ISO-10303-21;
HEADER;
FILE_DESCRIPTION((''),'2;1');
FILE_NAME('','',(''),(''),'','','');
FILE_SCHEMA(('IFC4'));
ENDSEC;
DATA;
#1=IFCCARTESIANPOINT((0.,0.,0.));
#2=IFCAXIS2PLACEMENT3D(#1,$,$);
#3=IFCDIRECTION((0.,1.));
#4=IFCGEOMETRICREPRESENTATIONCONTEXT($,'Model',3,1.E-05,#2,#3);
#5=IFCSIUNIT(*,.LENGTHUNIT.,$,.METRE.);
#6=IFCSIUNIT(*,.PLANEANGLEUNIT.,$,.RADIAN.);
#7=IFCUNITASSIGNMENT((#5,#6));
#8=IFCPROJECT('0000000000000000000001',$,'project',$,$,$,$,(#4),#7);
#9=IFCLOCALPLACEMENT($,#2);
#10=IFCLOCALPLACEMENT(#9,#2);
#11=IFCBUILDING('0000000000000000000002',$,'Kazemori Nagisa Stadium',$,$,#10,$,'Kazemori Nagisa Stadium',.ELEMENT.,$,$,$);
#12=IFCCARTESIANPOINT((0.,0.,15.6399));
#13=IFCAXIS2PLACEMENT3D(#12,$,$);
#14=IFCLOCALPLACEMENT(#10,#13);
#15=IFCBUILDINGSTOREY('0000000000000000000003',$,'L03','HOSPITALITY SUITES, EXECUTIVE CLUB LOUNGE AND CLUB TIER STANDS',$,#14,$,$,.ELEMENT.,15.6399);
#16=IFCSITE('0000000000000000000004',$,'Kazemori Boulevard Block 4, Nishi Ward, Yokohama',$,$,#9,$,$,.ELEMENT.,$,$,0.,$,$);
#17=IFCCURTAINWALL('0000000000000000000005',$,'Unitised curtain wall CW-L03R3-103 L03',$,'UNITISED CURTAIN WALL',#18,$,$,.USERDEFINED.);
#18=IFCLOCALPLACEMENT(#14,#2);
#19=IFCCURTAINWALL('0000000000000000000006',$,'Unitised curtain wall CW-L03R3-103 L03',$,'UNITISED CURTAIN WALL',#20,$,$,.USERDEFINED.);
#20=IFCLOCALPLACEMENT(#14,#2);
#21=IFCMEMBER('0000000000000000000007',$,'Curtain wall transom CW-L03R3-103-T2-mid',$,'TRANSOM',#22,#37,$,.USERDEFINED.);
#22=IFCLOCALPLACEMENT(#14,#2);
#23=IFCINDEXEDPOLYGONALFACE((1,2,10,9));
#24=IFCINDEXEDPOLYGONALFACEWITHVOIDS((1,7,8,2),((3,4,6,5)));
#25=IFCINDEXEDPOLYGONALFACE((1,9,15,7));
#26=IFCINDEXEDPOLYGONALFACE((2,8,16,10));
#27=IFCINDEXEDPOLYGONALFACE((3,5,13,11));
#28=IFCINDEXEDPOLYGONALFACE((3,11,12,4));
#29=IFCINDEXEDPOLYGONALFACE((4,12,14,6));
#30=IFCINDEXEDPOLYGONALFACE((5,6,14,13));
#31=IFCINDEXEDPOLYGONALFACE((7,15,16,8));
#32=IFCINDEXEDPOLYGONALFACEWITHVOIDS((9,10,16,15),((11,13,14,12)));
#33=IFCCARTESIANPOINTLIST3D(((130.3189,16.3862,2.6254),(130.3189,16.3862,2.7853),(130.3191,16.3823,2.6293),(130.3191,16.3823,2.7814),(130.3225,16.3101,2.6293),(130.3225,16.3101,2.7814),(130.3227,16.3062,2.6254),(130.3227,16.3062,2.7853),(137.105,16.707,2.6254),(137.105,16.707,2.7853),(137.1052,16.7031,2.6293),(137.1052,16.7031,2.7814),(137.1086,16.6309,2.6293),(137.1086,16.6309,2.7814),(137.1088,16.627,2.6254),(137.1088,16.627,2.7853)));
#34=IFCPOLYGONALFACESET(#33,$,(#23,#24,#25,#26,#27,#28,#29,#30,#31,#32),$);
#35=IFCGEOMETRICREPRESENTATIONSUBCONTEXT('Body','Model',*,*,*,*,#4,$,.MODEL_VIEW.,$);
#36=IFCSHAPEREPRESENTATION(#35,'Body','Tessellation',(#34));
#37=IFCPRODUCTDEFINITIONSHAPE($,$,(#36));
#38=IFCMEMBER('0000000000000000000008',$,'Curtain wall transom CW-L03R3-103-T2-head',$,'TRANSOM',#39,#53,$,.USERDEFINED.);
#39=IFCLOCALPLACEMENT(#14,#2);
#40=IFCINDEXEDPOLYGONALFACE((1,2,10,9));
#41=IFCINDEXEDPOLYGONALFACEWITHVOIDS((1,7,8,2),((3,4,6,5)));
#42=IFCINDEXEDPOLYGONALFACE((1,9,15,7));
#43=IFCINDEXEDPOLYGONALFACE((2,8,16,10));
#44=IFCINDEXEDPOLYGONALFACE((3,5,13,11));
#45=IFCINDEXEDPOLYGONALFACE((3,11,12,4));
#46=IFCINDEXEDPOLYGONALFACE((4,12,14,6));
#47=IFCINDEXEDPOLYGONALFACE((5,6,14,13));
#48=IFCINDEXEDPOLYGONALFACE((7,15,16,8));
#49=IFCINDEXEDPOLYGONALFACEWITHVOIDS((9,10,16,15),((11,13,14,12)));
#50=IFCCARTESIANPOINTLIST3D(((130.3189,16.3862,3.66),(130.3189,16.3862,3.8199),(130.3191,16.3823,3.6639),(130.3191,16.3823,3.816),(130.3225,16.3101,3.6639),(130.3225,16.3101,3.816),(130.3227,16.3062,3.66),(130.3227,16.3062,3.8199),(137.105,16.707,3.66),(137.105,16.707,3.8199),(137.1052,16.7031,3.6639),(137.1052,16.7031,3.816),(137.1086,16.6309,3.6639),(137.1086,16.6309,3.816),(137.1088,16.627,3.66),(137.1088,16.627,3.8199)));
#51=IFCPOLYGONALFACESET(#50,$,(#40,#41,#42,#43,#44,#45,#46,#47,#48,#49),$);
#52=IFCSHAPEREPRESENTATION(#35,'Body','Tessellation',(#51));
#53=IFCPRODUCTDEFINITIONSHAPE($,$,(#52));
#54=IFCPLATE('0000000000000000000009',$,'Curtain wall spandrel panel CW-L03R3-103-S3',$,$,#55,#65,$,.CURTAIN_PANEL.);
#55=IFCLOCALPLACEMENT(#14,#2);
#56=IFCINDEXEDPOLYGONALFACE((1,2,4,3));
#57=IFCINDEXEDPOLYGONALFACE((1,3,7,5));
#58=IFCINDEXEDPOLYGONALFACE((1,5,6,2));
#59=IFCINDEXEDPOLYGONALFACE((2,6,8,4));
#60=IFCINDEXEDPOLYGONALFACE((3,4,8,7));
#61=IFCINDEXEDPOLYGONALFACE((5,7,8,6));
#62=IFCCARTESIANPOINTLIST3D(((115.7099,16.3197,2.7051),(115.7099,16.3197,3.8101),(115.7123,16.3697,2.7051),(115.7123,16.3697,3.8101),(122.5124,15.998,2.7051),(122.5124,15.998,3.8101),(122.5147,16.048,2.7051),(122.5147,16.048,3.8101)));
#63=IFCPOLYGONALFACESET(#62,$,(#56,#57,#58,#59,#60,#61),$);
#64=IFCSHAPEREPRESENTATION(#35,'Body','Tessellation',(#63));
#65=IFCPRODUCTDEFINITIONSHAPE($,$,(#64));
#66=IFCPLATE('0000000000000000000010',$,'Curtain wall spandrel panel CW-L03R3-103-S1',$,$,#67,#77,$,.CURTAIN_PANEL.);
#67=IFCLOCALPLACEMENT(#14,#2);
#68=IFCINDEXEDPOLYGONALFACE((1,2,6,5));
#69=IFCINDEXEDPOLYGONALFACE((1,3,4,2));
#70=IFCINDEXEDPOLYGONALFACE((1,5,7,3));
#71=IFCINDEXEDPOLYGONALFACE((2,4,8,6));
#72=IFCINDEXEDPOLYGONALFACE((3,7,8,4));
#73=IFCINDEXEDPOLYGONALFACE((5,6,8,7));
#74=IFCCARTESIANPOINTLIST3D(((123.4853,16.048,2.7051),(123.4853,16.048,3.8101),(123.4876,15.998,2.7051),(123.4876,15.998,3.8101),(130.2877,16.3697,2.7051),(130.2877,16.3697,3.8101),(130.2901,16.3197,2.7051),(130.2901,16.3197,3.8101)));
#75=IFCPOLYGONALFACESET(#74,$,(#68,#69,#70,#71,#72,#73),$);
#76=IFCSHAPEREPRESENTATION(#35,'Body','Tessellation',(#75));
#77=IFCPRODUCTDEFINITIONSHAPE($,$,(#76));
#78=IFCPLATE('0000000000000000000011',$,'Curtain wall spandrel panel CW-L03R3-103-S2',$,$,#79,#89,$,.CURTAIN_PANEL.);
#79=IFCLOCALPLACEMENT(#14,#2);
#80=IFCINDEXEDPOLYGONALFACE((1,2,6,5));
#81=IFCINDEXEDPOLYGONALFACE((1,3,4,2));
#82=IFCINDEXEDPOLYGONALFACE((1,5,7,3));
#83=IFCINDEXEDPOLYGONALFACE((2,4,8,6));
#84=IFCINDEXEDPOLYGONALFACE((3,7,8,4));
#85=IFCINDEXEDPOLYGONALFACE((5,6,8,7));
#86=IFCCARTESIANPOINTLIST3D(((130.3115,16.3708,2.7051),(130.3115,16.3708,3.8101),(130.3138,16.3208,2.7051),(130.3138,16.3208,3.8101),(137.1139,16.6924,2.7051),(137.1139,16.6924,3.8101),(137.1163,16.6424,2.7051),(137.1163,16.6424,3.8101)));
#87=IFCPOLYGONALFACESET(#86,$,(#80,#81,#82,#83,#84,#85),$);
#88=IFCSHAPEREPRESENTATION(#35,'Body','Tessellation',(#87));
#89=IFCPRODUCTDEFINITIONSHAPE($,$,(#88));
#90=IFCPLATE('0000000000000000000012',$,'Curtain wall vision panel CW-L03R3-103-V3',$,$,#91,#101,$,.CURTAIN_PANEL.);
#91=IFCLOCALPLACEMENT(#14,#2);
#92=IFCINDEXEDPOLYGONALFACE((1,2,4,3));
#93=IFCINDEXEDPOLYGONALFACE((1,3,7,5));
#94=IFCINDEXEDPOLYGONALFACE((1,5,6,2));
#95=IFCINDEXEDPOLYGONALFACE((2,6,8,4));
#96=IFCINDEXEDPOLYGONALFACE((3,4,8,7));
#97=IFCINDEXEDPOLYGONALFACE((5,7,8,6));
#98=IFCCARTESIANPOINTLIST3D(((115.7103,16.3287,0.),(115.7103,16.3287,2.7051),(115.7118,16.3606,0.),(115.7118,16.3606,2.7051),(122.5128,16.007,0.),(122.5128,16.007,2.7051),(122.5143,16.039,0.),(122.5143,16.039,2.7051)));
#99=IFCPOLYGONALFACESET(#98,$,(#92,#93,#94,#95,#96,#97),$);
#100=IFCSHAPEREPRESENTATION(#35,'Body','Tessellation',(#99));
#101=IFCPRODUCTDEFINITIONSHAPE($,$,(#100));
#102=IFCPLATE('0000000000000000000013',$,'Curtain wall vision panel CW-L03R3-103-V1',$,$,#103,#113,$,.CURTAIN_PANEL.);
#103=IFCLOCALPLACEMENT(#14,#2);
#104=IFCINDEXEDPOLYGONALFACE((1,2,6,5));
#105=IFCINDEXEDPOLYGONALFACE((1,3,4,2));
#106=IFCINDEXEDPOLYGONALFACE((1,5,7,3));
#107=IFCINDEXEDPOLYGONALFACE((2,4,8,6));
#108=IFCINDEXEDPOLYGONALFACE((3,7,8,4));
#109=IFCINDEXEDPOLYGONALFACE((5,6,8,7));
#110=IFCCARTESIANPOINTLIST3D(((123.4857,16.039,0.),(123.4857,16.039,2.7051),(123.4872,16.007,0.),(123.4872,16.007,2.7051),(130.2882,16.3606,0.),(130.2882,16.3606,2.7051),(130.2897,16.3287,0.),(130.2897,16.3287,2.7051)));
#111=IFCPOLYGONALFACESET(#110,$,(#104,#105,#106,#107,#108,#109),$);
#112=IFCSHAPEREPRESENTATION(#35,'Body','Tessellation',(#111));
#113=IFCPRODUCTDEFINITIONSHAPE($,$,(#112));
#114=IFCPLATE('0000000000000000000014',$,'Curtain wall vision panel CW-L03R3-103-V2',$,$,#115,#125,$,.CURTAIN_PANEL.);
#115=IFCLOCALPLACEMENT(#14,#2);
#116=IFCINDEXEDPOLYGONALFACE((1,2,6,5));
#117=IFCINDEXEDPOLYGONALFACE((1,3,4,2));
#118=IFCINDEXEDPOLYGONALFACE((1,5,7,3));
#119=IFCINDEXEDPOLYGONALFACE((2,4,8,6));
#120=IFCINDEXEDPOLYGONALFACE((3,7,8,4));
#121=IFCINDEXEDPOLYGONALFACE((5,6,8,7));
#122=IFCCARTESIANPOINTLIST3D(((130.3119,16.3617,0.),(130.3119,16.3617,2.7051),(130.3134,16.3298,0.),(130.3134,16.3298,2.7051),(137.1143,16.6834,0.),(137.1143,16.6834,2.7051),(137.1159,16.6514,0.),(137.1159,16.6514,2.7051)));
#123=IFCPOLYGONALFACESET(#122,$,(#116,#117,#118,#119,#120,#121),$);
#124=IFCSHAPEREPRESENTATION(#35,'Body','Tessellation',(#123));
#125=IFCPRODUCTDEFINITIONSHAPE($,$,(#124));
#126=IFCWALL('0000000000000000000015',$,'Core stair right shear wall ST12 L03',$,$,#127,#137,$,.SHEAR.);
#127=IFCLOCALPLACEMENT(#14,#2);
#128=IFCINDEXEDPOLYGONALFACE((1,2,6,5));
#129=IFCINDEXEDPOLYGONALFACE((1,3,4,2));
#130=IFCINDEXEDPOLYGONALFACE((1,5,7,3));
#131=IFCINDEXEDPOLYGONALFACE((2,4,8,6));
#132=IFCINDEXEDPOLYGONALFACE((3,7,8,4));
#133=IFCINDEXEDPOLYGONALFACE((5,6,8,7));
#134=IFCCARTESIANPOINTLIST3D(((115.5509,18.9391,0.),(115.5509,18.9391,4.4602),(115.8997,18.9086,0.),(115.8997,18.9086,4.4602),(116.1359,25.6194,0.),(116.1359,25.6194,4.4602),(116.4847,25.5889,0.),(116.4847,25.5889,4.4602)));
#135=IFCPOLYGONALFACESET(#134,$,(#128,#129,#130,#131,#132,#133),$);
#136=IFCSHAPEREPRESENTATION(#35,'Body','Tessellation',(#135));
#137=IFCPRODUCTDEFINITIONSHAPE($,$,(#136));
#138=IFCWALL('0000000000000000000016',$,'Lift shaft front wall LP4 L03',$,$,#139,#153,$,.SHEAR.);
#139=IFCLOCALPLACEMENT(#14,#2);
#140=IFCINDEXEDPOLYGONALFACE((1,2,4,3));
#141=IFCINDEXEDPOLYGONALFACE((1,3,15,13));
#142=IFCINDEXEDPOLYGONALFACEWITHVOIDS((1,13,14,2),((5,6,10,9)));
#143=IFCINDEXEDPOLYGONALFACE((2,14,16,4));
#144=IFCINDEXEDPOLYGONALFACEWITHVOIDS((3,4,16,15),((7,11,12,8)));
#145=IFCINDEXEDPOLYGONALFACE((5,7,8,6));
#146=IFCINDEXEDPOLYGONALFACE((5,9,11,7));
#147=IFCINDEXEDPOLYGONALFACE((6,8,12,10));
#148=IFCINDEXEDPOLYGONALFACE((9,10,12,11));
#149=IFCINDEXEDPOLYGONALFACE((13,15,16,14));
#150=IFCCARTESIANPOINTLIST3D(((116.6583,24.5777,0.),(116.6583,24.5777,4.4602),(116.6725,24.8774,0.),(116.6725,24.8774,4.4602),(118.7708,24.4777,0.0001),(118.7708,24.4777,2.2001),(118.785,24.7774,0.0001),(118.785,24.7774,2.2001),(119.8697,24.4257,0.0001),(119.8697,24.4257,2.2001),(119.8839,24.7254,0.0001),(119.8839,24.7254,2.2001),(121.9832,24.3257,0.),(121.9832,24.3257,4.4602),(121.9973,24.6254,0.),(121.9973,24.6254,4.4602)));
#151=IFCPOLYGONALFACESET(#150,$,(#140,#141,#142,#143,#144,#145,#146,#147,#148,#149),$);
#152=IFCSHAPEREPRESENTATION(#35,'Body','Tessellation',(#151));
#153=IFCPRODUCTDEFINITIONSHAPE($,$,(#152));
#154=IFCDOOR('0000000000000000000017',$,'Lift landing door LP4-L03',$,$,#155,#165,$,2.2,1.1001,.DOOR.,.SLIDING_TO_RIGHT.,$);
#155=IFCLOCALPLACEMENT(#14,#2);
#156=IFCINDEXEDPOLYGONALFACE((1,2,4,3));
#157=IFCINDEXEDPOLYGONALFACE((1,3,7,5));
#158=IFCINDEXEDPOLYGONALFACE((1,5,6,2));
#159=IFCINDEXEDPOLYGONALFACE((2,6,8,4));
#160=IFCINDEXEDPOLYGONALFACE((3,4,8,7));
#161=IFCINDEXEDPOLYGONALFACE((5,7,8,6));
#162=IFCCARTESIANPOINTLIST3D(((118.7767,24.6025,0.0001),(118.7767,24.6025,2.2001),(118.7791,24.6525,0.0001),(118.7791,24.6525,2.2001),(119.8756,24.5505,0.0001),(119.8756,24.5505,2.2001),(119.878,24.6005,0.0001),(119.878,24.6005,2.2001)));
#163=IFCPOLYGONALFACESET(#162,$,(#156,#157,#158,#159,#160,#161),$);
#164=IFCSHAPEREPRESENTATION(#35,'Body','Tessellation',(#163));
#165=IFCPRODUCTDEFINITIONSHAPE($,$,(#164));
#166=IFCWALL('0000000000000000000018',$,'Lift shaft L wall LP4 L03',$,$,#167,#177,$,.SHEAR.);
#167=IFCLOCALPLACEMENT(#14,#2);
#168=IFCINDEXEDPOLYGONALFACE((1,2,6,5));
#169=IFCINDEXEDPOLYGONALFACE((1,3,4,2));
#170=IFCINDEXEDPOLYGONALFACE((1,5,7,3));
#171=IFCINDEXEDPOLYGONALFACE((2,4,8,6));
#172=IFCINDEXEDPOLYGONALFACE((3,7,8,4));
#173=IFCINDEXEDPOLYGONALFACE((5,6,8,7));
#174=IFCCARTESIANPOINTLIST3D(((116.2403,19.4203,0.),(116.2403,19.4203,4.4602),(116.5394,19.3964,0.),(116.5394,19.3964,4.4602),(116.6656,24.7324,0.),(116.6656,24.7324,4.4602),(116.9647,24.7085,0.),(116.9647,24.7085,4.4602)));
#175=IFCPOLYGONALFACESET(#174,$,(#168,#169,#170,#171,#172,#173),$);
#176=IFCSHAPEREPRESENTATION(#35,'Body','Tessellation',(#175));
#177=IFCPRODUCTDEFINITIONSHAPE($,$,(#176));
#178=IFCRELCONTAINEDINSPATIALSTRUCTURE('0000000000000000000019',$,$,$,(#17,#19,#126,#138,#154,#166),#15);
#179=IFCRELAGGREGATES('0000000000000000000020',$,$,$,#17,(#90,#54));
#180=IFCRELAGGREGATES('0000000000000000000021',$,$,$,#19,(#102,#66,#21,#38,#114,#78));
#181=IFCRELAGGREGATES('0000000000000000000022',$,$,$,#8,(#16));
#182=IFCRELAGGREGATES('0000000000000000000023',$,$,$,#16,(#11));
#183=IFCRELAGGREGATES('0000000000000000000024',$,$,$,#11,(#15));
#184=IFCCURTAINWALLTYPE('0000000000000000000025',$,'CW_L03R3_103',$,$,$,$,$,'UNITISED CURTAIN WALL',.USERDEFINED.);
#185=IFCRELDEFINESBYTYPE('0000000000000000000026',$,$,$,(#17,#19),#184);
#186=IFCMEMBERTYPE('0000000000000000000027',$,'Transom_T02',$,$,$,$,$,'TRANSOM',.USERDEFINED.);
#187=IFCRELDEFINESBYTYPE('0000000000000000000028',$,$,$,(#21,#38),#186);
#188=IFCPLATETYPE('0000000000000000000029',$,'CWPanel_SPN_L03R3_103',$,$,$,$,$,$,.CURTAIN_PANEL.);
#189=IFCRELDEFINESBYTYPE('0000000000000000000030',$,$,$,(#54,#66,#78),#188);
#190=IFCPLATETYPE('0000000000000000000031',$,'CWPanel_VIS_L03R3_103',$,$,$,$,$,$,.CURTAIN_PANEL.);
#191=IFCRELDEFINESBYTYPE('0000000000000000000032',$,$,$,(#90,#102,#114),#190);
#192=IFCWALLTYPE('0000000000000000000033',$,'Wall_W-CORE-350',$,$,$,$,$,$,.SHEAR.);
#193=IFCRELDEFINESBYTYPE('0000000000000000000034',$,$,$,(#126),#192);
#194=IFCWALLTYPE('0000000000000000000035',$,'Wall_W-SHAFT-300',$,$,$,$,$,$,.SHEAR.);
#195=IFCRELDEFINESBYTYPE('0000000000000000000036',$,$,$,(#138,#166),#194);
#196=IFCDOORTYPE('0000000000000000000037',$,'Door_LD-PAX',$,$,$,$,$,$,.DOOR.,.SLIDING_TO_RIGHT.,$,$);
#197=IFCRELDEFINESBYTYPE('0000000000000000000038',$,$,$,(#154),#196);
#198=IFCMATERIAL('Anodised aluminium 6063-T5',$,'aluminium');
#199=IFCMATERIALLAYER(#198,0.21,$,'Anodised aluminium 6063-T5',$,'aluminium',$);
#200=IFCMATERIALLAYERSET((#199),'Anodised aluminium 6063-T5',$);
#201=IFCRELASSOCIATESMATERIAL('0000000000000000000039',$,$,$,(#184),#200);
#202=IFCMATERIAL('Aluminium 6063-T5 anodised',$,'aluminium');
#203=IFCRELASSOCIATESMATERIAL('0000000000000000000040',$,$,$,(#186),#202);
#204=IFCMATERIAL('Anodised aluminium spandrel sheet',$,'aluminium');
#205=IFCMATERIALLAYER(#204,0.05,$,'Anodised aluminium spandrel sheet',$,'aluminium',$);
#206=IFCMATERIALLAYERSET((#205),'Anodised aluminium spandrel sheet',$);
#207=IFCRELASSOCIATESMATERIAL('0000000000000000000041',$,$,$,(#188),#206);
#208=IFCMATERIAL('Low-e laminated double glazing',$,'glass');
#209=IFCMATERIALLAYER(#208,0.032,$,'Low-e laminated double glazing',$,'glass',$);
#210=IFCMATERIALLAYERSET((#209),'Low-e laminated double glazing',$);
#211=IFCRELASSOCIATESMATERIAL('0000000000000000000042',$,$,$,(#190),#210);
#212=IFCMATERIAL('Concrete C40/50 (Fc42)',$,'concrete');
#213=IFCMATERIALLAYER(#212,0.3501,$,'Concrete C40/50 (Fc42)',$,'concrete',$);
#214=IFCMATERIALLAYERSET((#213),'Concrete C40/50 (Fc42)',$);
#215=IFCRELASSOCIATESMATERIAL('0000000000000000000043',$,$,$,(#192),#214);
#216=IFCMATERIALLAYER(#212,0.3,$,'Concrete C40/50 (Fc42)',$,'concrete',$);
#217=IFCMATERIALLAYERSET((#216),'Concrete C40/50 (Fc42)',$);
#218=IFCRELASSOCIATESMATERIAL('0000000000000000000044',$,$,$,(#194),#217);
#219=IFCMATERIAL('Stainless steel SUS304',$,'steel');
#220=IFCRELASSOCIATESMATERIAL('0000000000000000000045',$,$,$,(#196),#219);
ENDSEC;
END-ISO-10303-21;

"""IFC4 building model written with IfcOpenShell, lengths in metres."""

from ifc_helpers import new_model, si_unit, direction, frame, frame_2d, origin, origin_2d, place, context, subcontext, project, spatial, rectangle, hollow_rectangle, extrude, material, layer, layer_set, material_profile, profile_set, type_object, element, fill, aggregate, save


model = new_model("IFC4")

# Units and contexts
model_context = context("Model", 3, precision=1e-05, world=origin(), true_north=direction((0.0, 1.0)))
body_context = subcontext(model_context, "Body", "Model", "MODEL_VIEW")
ifc_project = project(units=[si_unit("LENGTHUNIT", "METRE"), si_unit("PLANEANGLEUNIT", "RADIAN")], contexts=[model_context])

# Site, building, storey
site_placement = place(None, origin())
site = spatial("IfcSite", under=ifc_project, at=site_placement, Name="Kazemori Boulevard Block 4, Nishi Ward, Yokohama", CompositionType="ELEMENT", RefElevation=0.0)
building_placement = place(site_placement, origin())
building = spatial("IfcBuilding", under=site, at=building_placement, Name="Kazemori Nagisa Stadium", LongName="Kazemori Nagisa Stadium", CompositionType="ELEMENT")
storey_placement = place(building_placement, frame((0.0, 0.0, 15.6399)))
storey = spatial("IfcBuildingStorey", under=building, at=storey_placement, Name="L03", Description="HOSPITALITY SUITES, EXECUTIVE CLUB LOUNGE AND CLUB TIER STANDS", CompositionType="ELEMENT", Elevation=15.6399)

# Shared definitions
ifc_material_1 = material(Name="Concrete C40/50 (Fc42)", Category="concrete")

# Curtain wall
ifc_material_2 = material(Name="Anodised aluminium 6063-T5", Category="aluminium")
ifc_layer_1 = layer(ifc_material_2, 0.21, Name="Anodised aluminium 6063-T5", Category="aluminium")
ifc_layer_set_1 = layer_set([ifc_layer_1], Name="Anodised aluminium 6063-T5")
curtain_wall_type = type_object("IfcCurtainWallType", Name="CW_L03R3_103", ElementType="UNITISED CURTAIN WALL", PredefinedType="USERDEFINED", material=ifc_layer_set_1)
curtain_wall_1_placement = place(storey_placement, origin())
curtain_wall_1 = element("IfcCurtainWall", 1, at=curtain_wall_1_placement, inside=storey, type_object=curtain_wall_type, Name="Unitised curtain wall CW-L03R3-103 L03", ObjectType="UNITISED CURTAIN WALL", PredefinedType="USERDEFINED")
ifc_material_3 = material(Name="Aluminium 6063-T5 anodised", Category="aluminium")

# Curtain wall, members
curtain_wall_2_placement = place(storey_placement, origin())
curtain_wall_2 = element("IfcCurtainWall", 2, at=curtain_wall_2_placement, inside=storey, type_object=curtain_wall_type, Name="Unitised curtain wall CW-L03R3-103 L03", ObjectType="UNITISED CURTAIN WALL", PredefinedType="USERDEFINED")
ifc_material_profile_1 = material_profile(ifc_material_3, hollow_rectangle(XDim=0.0801, YDim=0.1599, WallThickness=0.0039, at=origin_2d()), Name="ALU-TRAN-80x160x4")
ifc_profile_set_1 = profile_set([ifc_material_profile_1], Name="Aluminium 6063-T5 anodised")
member_type_1 = type_object("IfcMemberType", Name="Transom_T02", ElementType="TRANSOM", PredefinedType="USERDEFINED", material=ifc_profile_set_1)
member_1_placement = place(storey_placement, frame((130.3208, 16.3462, 2.7053), z_axis=(0.998885, 0.04722, 0.0), x_axis=(-0.04722, 0.998885, 0.0)))
member_1 = element("IfcMember", 3, at=member_1_placement, type_object=member_type_1, Name="Curtain wall transom CW-L03R3-103-T2-mid", ObjectType="TRANSOM", PredefinedType="USERDEFINED", context=body_context, shape_type="SweptSolid", body=[
    extrude(hollow_rectangle(XDim=0.0801, YDim=0.1599, WallThickness=0.0039, at=origin_2d()), origin(), (0.0, 0.0, 1.0), 6.7937),
])
member_2_placement = place(storey_placement, frame((130.3208, 16.3462, 3.74), z_axis=(0.998885, 0.04722, 0.0), x_axis=(-0.04722, 0.998885, 0.0)))
member_2 = element("IfcMember", 4, at=member_2_placement, type_object=member_type_1, Name="Curtain wall transom CW-L03R3-103-T2-head", ObjectType="TRANSOM", PredefinedType="USERDEFINED", context=body_context, shape_type="SweptSolid", body=[
    extrude(hollow_rectangle(XDim=0.0801, YDim=0.1599, WallThickness=0.0039, at=origin_2d()), origin(), (0.0, 0.0, 1.0), 6.7937),
])

# Plates
ifc_material_4 = material(Name="Anodised aluminium spandrel sheet", Category="aluminium")
ifc_layer_2 = layer(ifc_material_4, 0.05, Name="Anodised aluminium spandrel sheet", Category="aluminium")
ifc_layer_set_2 = layer_set([ifc_layer_2], Name="Anodised aluminium spandrel sheet")
plate_type_1 = type_object("IfcPlateType", Name="CWPanel_SPN_L03R3_103", PredefinedType="CURTAIN_PANEL", material=ifc_layer_set_2)
plate_1_placement = place(storey_placement, frame((119.1123, 16.1838, 2.7051), z_axis=(0.0, 0.0, 1.0), x_axis=(0.998884, -0.04723, 0.0)))
plate_1 = element("IfcPlate", 5, at=plate_1_placement, type_object=plate_type_1, Name="Curtain wall spandrel panel CW-L03R3-103-S3", PredefinedType="CURTAIN_PANEL", context=body_context, shape_type="SweptSolid", body=[
    extrude(rectangle(XDim=6.8101, YDim=0.05, at=origin_2d()), origin(), (0.0, 0.0, 1.0), 1.105),
])
plate_2_placement = place(storey_placement, frame((126.8877, 16.1838, 2.7051), z_axis=(0.0, 0.0, 1.0), x_axis=(0.998884, 0.04723, 0.0)))
plate_2 = element("IfcPlate", 6, at=plate_2_placement, type_object=plate_type_1, Name="Curtain wall spandrel panel CW-L03R3-103-S1", PredefinedType="CURTAIN_PANEL", context=body_context, shape_type="SweptSolid", body=[
    extrude(rectangle(XDim=6.8101, YDim=0.05, at=origin_2d()), origin(), (0.0, 0.0, 1.0), 1.105),
])
plate_3_placement = place(storey_placement, frame((133.7139, 16.5066, 2.7051), z_axis=(0.0, 0.0, 1.0), x_axis=(0.998884, 0.04723, 0.0)))
plate_3 = element("IfcPlate", 7, at=plate_3_placement, type_object=plate_type_1, Name="Curtain wall spandrel panel CW-L03R3-103-S2", PredefinedType="CURTAIN_PANEL", context=body_context, shape_type="SweptSolid", body=[
    extrude(rectangle(XDim=6.8101, YDim=0.05, at=origin_2d()), origin(), (0.0, 0.0, 1.0), 1.105),
])
ifc_material_5 = material(Name="Low-e laminated double glazing", Category="glass")
ifc_layer_3 = layer(ifc_material_5, 0.032, Name="Low-e laminated double glazing", Category="glass")
ifc_layer_set_3 = layer_set([ifc_layer_3], Name="Low-e laminated double glazing")
plate_type_2 = type_object("IfcPlateType", Name="CWPanel_VIS_L03R3_103", PredefinedType="CURTAIN_PANEL", material=ifc_layer_set_3)
plate_4_placement = place(storey_placement, frame((119.1123, 16.1838, 0.0), z_axis=(0.0, 0.0, 1.0), x_axis=(0.998884, -0.04723, 0.0)))
plate_4 = element("IfcPlate", 8, at=plate_4_placement, type_object=plate_type_2, Name="Curtain wall vision panel CW-L03R3-103-V3", PredefinedType="CURTAIN_PANEL", context=body_context, shape_type="SweptSolid", body=[
    extrude(rectangle(XDim=6.8101, YDim=0.032, at=origin_2d()), origin(), (0.0, 0.0, 1.0), 2.7051),
])
aggregate(curtain_wall_1, [plate_4, plate_1])
plate_5_placement = place(storey_placement, frame((126.8877, 16.1838, 0.0), z_axis=(0.0, 0.0, 1.0), x_axis=(0.998884, 0.04723, 0.0)))
plate_5 = element("IfcPlate", 9, at=plate_5_placement, type_object=plate_type_2, Name="Curtain wall vision panel CW-L03R3-103-V1", PredefinedType="CURTAIN_PANEL", context=body_context, shape_type="SweptSolid", body=[
    extrude(rectangle(XDim=6.8101, YDim=0.032, at=origin_2d()), origin(), (0.0, 0.0, 1.0), 2.7051),
])
plate_6_placement = place(storey_placement, frame((133.7139, 16.5066, 0.0), z_axis=(0.0, 0.0, 1.0), x_axis=(0.998884, 0.04723, 0.0)))
plate_6 = element("IfcPlate", 10, at=plate_6_placement, type_object=plate_type_2, Name="Curtain wall vision panel CW-L03R3-103-V2", PredefinedType="CURTAIN_PANEL", context=body_context, shape_type="SweptSolid", body=[
    extrude(rectangle(XDim=6.8101, YDim=0.032, at=origin_2d()), origin(), (0.0, 0.0, 1.0), 2.7051),
])
aggregate(curtain_wall_2, [plate_5, plate_2, member_1, member_2, plate_6, plate_3])

# Wall
ifc_layer_4 = layer(ifc_material_1, 0.3501, Name="Concrete C40/50 (Fc42)", Category="concrete")
ifc_layer_set_4 = layer_set([ifc_layer_4], Name="Concrete C40/50 (Fc42)")
wall_type_1 = type_object("IfcWallType", Name="Wall_W-CORE-350", PredefinedType="SHEAR", material=ifc_layer_set_4)
wall_1_placement = place(storey_placement, frame((116.3103, 25.6042, 0.0), z_axis=(0.0, 0.0, 1.0), x_axis=(-0.087233, -0.996188, 0.0)))
element("IfcWall", 11, at=wall_1_placement, inside=storey, type_object=wall_type_1, Name="Core stair right shear wall ST12 L03", PredefinedType="SHEAR", context=body_context, shape_type="SweptSolid", body=[
    extrude(rectangle(XDim=6.7058, YDim=0.3501, at=frame_2d((3.353, 0.0))), origin(), (0.0, 0.0, 1.0), 4.4602),
])

# Wall, opening, door
ifc_layer_5 = layer(ifc_material_1, 0.3, Name="Concrete C40/50 (Fc42)", Category="concrete")
ifc_layer_set_5 = layer_set([ifc_layer_5], Name="Concrete C40/50 (Fc42)")
wall_type_2 = type_object("IfcWallType", Name="Wall_W-SHAFT-300", PredefinedType="SHEAR", material=ifc_layer_set_5)
wall_2_placement = place(storey_placement, frame((116.6653, 24.7275, 0.0), z_axis=(0.0, 0.0, 1.0), x_axis=(0.998882, -0.047263, 0.0)))
wall_2 = element("IfcWall", 12, at=wall_2_placement, inside=storey, type_object=wall_type_2, Name="Lift shaft front wall LP4 L03", PredefinedType="SHEAR", context=body_context, shape_type="SweptSolid", body=[
    extrude(rectangle(XDim=5.3308, YDim=0.3, at=frame_2d((2.6655, 0.0))), origin(), (0.0, 0.0, 1.0), 4.4602),
])
opening_placement = place(wall_2_placement, frame((2.115, 0.0, 0.0)))
opening = element("IfcOpeningElement", 13, at=opening_placement, cuts=wall_2, PredefinedType="OPENING", context=body_context, shape_type="SweptSolid", body=[
    extrude(rectangle(XDim=1.1001, YDim=2.2, at=frame_2d((0.55, 1.1001))), frame((0.0, 0.1599, 0.0), z_axis=(0.0, -1.0, 0.0), x_axis=(1.0, 0.0, 0.0)), (0.0, 0.0, 1.0), 0.3201),
])
ifc_material_6 = material(Name="Stainless steel SUS304", Category="steel")
door_type = type_object("IfcDoorType", Name="Door_LD-PAX", OperationType="SLIDING_TO_RIGHT", PredefinedType="DOOR", material=ifc_material_6)
door_placement = place(opening_placement, origin())
door = element("IfcDoor", 14, at=door_placement, inside=storey, type_object=door_type, Name="Lift landing door LP4-L03", OperationType="SLIDING_TO_RIGHT", OverallHeight=2.2, OverallWidth=1.1001, PredefinedType="DOOR", context=body_context, shape_type="SweptSolid", body=[
    extrude(rectangle(XDim=1.1001, YDim=2.2, at=frame_2d((0.55, 1.1001))), frame((0.0, 0.0249, 0.0), z_axis=(0.0, -1.0, 0.0), x_axis=(1.0, 0.0, 0.0)), (0.0, 0.0, 1.0), 0.05),
])
fill(opening, door)

# Wall
wall_3_placement = place(storey_placement, frame((116.8152, 24.7205, 0.0), z_axis=(0.0, 0.0, 1.0), x_axis=(-0.079807, -0.99681, 0.0)))
element("IfcWall", 15, at=wall_3_placement, inside=storey, type_object=wall_type_2, Name="Lift shaft L wall LP4 L03", PredefinedType="SHEAR", context=body_context, shape_type="SweptSolid", body=[
    extrude(rectangle(XDim=5.3291, YDim=0.3, at=frame_2d((2.6646, 0.0))), origin(), (0.0, 0.0, 1.0), 4.4602),
])

save(model, "model.ifc")
